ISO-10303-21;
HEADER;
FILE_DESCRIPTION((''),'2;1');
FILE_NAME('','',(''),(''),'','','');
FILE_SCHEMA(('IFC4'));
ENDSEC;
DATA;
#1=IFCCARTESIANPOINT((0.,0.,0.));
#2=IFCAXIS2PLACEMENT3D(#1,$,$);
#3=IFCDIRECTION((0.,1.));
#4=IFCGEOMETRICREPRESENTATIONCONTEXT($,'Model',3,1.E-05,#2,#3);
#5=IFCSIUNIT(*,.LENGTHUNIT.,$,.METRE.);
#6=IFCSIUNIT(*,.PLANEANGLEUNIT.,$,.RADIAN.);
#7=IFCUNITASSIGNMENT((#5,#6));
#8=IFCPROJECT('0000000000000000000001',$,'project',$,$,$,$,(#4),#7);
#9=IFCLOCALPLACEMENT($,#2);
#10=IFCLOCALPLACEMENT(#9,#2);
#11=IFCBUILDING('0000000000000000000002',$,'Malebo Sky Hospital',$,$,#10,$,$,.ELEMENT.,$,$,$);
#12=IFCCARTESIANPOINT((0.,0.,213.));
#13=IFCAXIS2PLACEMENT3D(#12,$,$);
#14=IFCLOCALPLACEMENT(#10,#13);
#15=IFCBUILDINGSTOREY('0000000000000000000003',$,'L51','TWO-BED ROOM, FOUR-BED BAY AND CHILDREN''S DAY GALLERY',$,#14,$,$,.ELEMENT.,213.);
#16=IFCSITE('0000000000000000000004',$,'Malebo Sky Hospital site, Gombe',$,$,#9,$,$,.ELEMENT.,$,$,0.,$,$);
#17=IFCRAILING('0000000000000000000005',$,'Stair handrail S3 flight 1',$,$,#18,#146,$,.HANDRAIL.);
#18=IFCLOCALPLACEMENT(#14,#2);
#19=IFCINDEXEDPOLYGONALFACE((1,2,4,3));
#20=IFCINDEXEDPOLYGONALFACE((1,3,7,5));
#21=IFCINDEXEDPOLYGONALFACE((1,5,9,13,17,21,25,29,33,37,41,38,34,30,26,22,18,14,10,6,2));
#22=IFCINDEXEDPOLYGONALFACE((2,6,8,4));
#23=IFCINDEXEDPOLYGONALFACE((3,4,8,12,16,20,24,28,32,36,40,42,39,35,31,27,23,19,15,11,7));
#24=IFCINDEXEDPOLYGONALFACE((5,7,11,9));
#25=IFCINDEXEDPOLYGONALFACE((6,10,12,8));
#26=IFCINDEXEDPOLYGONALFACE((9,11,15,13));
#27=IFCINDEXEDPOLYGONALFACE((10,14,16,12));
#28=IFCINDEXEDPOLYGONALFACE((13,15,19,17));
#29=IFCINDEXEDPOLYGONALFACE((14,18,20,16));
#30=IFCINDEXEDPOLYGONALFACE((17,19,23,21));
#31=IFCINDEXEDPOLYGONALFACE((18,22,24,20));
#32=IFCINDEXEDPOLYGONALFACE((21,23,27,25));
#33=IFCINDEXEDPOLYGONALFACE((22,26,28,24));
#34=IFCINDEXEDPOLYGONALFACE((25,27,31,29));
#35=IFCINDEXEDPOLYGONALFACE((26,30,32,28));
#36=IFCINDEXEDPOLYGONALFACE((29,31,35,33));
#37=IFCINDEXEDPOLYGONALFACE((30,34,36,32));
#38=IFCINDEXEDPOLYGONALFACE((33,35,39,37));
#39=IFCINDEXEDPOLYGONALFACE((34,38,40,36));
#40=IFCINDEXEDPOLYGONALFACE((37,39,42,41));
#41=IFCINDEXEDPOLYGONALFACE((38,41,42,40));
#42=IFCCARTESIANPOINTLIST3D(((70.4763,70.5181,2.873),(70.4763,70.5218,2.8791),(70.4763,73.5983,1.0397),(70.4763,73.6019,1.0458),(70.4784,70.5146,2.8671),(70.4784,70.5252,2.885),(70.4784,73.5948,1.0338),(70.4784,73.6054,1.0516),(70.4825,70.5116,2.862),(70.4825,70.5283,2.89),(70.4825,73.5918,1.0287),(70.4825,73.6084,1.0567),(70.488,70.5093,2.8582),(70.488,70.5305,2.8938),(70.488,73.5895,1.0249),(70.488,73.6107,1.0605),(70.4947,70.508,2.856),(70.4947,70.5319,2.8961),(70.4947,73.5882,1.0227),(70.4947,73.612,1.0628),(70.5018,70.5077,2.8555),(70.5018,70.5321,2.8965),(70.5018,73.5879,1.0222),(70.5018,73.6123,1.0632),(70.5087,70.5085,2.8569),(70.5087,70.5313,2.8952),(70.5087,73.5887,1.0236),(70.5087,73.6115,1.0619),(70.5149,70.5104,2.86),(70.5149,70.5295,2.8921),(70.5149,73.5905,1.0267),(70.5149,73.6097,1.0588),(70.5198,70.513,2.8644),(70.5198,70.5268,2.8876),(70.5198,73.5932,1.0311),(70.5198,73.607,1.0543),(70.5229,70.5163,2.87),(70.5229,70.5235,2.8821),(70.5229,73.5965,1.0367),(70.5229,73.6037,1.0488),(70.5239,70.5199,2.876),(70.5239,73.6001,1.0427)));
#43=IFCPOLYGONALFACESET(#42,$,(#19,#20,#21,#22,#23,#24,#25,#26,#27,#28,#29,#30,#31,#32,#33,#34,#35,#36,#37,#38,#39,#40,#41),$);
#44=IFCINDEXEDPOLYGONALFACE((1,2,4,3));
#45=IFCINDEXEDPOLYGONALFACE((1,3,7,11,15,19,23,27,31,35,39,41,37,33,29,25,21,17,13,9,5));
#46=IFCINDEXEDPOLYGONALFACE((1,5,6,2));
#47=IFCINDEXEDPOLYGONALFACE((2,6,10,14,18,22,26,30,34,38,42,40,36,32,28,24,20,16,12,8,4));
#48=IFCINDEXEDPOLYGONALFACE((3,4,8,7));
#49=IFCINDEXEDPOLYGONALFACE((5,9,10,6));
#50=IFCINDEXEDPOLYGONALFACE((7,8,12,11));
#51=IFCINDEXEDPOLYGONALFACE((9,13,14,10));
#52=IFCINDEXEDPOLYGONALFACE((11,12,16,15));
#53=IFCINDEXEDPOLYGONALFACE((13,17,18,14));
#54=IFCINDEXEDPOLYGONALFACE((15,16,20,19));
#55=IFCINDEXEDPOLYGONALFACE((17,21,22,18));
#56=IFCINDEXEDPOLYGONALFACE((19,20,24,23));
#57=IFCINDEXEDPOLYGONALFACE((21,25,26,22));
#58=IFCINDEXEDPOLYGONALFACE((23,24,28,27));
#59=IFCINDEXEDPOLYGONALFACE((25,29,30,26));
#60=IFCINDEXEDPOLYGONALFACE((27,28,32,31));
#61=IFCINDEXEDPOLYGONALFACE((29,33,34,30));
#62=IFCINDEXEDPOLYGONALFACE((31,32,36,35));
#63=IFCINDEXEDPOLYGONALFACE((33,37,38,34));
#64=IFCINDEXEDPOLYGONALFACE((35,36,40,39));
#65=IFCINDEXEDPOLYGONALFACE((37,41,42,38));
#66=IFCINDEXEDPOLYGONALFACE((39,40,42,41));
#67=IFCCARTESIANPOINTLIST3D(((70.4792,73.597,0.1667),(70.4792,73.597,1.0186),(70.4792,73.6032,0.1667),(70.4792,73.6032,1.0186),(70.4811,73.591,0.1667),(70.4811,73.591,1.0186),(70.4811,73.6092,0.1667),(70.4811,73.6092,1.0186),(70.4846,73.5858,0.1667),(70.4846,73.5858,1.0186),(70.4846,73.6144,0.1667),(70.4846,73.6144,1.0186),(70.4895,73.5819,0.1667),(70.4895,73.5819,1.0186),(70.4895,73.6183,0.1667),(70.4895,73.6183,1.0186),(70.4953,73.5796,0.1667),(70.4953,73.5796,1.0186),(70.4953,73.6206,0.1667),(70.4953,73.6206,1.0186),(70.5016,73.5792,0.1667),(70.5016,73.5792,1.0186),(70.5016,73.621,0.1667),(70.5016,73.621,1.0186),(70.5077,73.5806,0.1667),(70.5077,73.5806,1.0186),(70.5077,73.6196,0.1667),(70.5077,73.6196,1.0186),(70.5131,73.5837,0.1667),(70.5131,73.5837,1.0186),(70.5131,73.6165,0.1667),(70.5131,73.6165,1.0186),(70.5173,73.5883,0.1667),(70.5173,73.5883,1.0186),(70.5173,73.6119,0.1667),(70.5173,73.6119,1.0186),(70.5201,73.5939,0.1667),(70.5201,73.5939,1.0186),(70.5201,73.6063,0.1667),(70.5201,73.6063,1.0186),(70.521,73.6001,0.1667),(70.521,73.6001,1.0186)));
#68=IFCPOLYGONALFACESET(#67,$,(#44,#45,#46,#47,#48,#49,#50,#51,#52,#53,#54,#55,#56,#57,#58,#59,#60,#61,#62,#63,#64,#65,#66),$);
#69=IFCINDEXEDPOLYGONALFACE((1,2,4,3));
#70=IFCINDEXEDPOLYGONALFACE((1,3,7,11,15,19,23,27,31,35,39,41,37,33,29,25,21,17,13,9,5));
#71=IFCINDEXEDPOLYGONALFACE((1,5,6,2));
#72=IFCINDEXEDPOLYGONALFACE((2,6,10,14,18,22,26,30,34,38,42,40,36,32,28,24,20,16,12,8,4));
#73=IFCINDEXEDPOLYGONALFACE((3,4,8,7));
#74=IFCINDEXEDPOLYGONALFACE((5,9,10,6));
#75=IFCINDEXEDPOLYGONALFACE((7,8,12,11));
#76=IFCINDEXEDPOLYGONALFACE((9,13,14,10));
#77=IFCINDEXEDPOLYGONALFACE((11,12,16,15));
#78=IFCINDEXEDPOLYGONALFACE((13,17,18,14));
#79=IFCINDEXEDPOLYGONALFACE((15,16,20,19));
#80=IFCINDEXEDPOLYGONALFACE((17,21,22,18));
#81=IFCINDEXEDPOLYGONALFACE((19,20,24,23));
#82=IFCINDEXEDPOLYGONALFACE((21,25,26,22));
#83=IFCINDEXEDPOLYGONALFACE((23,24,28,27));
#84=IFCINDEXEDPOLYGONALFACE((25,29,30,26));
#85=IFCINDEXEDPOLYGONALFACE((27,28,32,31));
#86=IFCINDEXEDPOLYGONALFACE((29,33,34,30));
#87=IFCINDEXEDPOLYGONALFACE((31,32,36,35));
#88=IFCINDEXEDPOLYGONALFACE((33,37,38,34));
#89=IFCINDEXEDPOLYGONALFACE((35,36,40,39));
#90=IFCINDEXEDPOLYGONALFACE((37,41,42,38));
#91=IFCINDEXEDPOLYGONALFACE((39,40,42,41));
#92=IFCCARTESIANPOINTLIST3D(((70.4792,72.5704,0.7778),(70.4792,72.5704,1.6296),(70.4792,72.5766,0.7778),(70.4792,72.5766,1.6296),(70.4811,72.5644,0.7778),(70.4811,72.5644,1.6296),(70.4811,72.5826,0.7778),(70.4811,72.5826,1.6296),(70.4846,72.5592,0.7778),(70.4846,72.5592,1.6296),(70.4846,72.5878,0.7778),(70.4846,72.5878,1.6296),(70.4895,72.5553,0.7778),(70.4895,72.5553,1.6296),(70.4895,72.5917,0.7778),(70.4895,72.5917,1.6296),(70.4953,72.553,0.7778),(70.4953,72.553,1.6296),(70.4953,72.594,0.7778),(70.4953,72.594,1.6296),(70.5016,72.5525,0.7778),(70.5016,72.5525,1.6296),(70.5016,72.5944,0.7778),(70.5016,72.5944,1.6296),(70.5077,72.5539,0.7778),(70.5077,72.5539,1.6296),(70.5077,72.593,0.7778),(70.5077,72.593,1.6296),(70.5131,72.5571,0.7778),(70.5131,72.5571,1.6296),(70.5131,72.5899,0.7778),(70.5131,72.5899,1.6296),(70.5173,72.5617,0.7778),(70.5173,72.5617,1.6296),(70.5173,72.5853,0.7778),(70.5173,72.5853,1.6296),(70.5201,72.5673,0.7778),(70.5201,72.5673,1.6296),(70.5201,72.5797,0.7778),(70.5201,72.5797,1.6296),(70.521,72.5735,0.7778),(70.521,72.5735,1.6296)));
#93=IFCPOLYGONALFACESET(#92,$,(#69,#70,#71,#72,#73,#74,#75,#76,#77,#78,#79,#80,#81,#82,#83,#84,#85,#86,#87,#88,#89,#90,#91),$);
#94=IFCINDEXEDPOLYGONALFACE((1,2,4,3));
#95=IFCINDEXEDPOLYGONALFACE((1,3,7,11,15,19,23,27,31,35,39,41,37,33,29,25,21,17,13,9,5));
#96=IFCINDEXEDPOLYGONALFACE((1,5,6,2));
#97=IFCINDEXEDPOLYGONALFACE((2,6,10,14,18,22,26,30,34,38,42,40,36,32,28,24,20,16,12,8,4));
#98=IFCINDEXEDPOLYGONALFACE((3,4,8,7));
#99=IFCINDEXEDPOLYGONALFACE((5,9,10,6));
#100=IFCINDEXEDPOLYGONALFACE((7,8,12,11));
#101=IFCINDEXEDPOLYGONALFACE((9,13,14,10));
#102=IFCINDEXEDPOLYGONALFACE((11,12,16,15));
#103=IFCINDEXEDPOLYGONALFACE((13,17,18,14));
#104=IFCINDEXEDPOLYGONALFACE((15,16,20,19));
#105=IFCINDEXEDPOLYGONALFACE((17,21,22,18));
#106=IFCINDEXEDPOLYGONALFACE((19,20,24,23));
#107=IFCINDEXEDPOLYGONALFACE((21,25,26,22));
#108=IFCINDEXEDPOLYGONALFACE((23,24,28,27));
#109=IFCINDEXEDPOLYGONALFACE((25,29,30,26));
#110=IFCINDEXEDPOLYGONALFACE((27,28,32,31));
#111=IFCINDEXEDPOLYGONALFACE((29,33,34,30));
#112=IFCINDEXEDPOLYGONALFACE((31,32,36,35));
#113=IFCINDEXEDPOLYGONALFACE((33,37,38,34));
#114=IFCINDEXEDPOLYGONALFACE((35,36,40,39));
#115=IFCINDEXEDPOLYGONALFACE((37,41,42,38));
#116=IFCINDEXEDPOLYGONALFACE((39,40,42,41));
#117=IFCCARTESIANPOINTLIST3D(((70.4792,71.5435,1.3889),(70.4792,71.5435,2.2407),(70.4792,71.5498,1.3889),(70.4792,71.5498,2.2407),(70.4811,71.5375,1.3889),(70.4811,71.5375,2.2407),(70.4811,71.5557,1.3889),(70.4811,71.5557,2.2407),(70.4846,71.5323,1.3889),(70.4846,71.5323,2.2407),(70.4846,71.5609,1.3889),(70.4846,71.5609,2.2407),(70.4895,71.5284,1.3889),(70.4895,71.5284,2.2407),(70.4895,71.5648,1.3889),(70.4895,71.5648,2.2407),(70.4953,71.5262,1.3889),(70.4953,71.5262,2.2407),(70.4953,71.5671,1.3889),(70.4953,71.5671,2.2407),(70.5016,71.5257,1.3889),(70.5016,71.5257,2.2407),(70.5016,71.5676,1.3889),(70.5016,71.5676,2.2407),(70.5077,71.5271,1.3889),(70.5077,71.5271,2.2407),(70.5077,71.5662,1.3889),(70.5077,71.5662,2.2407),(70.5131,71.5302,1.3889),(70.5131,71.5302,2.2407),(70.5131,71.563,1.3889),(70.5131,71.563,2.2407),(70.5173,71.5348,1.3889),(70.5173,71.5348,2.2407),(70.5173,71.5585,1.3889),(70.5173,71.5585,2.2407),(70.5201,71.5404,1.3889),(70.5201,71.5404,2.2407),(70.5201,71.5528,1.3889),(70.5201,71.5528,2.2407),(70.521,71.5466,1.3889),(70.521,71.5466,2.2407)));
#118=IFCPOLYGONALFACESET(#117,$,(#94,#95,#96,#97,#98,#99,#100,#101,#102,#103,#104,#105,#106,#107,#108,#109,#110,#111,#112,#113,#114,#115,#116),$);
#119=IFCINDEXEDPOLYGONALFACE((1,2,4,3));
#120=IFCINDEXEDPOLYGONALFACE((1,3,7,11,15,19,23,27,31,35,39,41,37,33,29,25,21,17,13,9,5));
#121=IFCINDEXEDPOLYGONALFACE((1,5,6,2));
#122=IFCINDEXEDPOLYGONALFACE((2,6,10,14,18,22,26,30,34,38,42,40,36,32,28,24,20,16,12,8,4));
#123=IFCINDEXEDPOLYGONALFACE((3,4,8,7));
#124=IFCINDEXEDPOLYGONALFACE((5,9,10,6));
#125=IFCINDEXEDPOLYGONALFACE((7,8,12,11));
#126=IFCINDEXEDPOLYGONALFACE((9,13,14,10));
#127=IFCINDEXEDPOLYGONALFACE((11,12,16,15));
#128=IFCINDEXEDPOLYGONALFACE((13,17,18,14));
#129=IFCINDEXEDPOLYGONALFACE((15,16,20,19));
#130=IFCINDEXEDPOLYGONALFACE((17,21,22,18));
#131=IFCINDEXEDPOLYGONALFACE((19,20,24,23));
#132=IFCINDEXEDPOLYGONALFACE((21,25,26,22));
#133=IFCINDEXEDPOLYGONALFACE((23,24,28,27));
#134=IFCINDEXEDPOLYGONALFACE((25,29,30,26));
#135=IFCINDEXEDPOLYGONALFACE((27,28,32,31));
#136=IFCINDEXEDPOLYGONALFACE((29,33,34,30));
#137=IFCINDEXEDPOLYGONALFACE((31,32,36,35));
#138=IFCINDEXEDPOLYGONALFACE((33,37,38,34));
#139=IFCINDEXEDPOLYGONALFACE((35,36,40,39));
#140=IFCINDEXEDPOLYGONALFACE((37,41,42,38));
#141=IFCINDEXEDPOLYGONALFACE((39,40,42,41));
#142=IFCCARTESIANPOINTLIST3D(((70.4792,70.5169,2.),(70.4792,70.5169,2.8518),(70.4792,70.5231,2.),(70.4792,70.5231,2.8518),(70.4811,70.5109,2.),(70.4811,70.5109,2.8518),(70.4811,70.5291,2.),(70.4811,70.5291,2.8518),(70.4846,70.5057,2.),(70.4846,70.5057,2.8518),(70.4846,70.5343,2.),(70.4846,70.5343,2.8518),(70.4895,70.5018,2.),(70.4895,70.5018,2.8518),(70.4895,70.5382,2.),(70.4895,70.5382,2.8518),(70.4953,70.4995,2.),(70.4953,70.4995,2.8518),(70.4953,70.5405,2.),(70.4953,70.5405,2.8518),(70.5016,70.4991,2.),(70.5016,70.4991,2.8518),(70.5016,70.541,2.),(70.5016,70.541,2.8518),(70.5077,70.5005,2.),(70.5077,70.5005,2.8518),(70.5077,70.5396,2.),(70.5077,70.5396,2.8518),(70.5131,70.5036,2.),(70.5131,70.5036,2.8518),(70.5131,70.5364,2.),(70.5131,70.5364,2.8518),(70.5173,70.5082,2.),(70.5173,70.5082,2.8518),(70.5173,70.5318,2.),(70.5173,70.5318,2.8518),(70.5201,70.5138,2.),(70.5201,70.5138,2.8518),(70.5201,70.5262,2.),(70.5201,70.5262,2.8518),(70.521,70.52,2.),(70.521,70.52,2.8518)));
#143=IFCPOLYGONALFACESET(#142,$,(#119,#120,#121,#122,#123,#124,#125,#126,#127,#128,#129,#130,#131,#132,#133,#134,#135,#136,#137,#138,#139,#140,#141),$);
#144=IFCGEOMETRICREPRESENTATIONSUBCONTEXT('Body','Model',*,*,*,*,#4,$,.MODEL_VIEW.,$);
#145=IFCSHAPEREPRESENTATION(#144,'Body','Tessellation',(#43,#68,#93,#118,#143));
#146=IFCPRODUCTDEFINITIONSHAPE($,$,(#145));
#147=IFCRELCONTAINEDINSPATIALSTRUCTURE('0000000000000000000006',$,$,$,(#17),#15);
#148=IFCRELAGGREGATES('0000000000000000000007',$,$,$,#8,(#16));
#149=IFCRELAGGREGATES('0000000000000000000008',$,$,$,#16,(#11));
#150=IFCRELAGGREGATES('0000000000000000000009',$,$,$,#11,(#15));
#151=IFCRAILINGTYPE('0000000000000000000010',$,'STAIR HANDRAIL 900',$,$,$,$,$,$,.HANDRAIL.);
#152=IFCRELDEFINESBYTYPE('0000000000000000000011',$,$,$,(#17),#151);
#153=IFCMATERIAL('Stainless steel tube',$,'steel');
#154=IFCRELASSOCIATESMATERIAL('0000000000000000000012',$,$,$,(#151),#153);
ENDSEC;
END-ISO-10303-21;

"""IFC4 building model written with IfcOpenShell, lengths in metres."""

from ifc_helpers import new_model, si_unit, direction, frame, origin, origin_2d, place, context, subcontext, project, spatial, circle, extrude, material, type_object, element, save


model = new_model("IFC4")

# Units and contexts
model_context = context("Model", 3, precision=1e-05, world=origin(), true_north=direction((0.0, 1.0)))
body_context = subcontext(model_context, "Body", "Model", "MODEL_VIEW")
ifc_project = project(units=[si_unit("LENGTHUNIT", "METRE"), si_unit("PLANEANGLEUNIT", "RADIAN")], contexts=[model_context])

# Site, building, storey
site_placement = place(None, origin())
site = spatial("IfcSite", under=ifc_project, at=site_placement, Name="Malebo Sky Hospital site, Gombe", CompositionType="ELEMENT", RefElevation=0.0)
building_placement = place(site_placement, origin())
building = spatial("IfcBuilding", under=site, at=building_placement, Name="Malebo Sky Hospital", CompositionType="ELEMENT")
storey_placement = place(building_placement, frame((0.0, 0.0, 213.0)))
storey = spatial("IfcBuildingStorey", under=building, at=storey_placement, Name="L51", Description="TWO-BED ROOM, FOUR-BED BAY AND CHILDREN'S DAY GALLERY", CompositionType="ELEMENT", Elevation=213.0)

# Railing
ifc_material_1 = material(Name="Stainless steel tube", Category="steel")
railing_type = type_object("IfcRailingType", Name="STAIR HANDRAIL 900", PredefinedType="HANDRAIL", material=ifc_material_1)
railing_1_placement = place(storey_placement, frame((70.5, 73.6001, 0.1667)))
element("IfcRailing", 1, at=railing_1_placement, inside=storey, type_object=railing_type, Name="Stair handrail S3 flight 1", PredefinedType="HANDRAIL", context=body_context, shape_type="SweptSolid", body=[
    extrude(circle(Radius=0.0239, at=origin_2d()), frame((0.0, 0.0, 0.876), z_axis=(0.0, -0.859309, 0.511458), x_axis=(1.0, 0.0, 0.0)), (0.0, 0.0, 1.0), 3.5845),
    extrude(circle(Radius=0.021, at=origin_2d()), origin(), (0.0, 0.0, 1.0), 0.8518),
    extrude(circle(Radius=0.021, at=origin_2d()), frame((0.0, -1.0266, 0.6111)), (0.0, 0.0, 1.0), 0.8518),
    extrude(circle(Radius=0.021, at=origin_2d()), frame((0.0, -2.0535, 1.2222)), (0.0, 0.0, 1.0), 0.8518),
    extrude(circle(Radius=0.021, at=origin_2d()), frame((0.0, -3.0801, 1.8333)), (0.0, 0.0, 1.0), 0.8518),
])

save(model, "model.ifc")
